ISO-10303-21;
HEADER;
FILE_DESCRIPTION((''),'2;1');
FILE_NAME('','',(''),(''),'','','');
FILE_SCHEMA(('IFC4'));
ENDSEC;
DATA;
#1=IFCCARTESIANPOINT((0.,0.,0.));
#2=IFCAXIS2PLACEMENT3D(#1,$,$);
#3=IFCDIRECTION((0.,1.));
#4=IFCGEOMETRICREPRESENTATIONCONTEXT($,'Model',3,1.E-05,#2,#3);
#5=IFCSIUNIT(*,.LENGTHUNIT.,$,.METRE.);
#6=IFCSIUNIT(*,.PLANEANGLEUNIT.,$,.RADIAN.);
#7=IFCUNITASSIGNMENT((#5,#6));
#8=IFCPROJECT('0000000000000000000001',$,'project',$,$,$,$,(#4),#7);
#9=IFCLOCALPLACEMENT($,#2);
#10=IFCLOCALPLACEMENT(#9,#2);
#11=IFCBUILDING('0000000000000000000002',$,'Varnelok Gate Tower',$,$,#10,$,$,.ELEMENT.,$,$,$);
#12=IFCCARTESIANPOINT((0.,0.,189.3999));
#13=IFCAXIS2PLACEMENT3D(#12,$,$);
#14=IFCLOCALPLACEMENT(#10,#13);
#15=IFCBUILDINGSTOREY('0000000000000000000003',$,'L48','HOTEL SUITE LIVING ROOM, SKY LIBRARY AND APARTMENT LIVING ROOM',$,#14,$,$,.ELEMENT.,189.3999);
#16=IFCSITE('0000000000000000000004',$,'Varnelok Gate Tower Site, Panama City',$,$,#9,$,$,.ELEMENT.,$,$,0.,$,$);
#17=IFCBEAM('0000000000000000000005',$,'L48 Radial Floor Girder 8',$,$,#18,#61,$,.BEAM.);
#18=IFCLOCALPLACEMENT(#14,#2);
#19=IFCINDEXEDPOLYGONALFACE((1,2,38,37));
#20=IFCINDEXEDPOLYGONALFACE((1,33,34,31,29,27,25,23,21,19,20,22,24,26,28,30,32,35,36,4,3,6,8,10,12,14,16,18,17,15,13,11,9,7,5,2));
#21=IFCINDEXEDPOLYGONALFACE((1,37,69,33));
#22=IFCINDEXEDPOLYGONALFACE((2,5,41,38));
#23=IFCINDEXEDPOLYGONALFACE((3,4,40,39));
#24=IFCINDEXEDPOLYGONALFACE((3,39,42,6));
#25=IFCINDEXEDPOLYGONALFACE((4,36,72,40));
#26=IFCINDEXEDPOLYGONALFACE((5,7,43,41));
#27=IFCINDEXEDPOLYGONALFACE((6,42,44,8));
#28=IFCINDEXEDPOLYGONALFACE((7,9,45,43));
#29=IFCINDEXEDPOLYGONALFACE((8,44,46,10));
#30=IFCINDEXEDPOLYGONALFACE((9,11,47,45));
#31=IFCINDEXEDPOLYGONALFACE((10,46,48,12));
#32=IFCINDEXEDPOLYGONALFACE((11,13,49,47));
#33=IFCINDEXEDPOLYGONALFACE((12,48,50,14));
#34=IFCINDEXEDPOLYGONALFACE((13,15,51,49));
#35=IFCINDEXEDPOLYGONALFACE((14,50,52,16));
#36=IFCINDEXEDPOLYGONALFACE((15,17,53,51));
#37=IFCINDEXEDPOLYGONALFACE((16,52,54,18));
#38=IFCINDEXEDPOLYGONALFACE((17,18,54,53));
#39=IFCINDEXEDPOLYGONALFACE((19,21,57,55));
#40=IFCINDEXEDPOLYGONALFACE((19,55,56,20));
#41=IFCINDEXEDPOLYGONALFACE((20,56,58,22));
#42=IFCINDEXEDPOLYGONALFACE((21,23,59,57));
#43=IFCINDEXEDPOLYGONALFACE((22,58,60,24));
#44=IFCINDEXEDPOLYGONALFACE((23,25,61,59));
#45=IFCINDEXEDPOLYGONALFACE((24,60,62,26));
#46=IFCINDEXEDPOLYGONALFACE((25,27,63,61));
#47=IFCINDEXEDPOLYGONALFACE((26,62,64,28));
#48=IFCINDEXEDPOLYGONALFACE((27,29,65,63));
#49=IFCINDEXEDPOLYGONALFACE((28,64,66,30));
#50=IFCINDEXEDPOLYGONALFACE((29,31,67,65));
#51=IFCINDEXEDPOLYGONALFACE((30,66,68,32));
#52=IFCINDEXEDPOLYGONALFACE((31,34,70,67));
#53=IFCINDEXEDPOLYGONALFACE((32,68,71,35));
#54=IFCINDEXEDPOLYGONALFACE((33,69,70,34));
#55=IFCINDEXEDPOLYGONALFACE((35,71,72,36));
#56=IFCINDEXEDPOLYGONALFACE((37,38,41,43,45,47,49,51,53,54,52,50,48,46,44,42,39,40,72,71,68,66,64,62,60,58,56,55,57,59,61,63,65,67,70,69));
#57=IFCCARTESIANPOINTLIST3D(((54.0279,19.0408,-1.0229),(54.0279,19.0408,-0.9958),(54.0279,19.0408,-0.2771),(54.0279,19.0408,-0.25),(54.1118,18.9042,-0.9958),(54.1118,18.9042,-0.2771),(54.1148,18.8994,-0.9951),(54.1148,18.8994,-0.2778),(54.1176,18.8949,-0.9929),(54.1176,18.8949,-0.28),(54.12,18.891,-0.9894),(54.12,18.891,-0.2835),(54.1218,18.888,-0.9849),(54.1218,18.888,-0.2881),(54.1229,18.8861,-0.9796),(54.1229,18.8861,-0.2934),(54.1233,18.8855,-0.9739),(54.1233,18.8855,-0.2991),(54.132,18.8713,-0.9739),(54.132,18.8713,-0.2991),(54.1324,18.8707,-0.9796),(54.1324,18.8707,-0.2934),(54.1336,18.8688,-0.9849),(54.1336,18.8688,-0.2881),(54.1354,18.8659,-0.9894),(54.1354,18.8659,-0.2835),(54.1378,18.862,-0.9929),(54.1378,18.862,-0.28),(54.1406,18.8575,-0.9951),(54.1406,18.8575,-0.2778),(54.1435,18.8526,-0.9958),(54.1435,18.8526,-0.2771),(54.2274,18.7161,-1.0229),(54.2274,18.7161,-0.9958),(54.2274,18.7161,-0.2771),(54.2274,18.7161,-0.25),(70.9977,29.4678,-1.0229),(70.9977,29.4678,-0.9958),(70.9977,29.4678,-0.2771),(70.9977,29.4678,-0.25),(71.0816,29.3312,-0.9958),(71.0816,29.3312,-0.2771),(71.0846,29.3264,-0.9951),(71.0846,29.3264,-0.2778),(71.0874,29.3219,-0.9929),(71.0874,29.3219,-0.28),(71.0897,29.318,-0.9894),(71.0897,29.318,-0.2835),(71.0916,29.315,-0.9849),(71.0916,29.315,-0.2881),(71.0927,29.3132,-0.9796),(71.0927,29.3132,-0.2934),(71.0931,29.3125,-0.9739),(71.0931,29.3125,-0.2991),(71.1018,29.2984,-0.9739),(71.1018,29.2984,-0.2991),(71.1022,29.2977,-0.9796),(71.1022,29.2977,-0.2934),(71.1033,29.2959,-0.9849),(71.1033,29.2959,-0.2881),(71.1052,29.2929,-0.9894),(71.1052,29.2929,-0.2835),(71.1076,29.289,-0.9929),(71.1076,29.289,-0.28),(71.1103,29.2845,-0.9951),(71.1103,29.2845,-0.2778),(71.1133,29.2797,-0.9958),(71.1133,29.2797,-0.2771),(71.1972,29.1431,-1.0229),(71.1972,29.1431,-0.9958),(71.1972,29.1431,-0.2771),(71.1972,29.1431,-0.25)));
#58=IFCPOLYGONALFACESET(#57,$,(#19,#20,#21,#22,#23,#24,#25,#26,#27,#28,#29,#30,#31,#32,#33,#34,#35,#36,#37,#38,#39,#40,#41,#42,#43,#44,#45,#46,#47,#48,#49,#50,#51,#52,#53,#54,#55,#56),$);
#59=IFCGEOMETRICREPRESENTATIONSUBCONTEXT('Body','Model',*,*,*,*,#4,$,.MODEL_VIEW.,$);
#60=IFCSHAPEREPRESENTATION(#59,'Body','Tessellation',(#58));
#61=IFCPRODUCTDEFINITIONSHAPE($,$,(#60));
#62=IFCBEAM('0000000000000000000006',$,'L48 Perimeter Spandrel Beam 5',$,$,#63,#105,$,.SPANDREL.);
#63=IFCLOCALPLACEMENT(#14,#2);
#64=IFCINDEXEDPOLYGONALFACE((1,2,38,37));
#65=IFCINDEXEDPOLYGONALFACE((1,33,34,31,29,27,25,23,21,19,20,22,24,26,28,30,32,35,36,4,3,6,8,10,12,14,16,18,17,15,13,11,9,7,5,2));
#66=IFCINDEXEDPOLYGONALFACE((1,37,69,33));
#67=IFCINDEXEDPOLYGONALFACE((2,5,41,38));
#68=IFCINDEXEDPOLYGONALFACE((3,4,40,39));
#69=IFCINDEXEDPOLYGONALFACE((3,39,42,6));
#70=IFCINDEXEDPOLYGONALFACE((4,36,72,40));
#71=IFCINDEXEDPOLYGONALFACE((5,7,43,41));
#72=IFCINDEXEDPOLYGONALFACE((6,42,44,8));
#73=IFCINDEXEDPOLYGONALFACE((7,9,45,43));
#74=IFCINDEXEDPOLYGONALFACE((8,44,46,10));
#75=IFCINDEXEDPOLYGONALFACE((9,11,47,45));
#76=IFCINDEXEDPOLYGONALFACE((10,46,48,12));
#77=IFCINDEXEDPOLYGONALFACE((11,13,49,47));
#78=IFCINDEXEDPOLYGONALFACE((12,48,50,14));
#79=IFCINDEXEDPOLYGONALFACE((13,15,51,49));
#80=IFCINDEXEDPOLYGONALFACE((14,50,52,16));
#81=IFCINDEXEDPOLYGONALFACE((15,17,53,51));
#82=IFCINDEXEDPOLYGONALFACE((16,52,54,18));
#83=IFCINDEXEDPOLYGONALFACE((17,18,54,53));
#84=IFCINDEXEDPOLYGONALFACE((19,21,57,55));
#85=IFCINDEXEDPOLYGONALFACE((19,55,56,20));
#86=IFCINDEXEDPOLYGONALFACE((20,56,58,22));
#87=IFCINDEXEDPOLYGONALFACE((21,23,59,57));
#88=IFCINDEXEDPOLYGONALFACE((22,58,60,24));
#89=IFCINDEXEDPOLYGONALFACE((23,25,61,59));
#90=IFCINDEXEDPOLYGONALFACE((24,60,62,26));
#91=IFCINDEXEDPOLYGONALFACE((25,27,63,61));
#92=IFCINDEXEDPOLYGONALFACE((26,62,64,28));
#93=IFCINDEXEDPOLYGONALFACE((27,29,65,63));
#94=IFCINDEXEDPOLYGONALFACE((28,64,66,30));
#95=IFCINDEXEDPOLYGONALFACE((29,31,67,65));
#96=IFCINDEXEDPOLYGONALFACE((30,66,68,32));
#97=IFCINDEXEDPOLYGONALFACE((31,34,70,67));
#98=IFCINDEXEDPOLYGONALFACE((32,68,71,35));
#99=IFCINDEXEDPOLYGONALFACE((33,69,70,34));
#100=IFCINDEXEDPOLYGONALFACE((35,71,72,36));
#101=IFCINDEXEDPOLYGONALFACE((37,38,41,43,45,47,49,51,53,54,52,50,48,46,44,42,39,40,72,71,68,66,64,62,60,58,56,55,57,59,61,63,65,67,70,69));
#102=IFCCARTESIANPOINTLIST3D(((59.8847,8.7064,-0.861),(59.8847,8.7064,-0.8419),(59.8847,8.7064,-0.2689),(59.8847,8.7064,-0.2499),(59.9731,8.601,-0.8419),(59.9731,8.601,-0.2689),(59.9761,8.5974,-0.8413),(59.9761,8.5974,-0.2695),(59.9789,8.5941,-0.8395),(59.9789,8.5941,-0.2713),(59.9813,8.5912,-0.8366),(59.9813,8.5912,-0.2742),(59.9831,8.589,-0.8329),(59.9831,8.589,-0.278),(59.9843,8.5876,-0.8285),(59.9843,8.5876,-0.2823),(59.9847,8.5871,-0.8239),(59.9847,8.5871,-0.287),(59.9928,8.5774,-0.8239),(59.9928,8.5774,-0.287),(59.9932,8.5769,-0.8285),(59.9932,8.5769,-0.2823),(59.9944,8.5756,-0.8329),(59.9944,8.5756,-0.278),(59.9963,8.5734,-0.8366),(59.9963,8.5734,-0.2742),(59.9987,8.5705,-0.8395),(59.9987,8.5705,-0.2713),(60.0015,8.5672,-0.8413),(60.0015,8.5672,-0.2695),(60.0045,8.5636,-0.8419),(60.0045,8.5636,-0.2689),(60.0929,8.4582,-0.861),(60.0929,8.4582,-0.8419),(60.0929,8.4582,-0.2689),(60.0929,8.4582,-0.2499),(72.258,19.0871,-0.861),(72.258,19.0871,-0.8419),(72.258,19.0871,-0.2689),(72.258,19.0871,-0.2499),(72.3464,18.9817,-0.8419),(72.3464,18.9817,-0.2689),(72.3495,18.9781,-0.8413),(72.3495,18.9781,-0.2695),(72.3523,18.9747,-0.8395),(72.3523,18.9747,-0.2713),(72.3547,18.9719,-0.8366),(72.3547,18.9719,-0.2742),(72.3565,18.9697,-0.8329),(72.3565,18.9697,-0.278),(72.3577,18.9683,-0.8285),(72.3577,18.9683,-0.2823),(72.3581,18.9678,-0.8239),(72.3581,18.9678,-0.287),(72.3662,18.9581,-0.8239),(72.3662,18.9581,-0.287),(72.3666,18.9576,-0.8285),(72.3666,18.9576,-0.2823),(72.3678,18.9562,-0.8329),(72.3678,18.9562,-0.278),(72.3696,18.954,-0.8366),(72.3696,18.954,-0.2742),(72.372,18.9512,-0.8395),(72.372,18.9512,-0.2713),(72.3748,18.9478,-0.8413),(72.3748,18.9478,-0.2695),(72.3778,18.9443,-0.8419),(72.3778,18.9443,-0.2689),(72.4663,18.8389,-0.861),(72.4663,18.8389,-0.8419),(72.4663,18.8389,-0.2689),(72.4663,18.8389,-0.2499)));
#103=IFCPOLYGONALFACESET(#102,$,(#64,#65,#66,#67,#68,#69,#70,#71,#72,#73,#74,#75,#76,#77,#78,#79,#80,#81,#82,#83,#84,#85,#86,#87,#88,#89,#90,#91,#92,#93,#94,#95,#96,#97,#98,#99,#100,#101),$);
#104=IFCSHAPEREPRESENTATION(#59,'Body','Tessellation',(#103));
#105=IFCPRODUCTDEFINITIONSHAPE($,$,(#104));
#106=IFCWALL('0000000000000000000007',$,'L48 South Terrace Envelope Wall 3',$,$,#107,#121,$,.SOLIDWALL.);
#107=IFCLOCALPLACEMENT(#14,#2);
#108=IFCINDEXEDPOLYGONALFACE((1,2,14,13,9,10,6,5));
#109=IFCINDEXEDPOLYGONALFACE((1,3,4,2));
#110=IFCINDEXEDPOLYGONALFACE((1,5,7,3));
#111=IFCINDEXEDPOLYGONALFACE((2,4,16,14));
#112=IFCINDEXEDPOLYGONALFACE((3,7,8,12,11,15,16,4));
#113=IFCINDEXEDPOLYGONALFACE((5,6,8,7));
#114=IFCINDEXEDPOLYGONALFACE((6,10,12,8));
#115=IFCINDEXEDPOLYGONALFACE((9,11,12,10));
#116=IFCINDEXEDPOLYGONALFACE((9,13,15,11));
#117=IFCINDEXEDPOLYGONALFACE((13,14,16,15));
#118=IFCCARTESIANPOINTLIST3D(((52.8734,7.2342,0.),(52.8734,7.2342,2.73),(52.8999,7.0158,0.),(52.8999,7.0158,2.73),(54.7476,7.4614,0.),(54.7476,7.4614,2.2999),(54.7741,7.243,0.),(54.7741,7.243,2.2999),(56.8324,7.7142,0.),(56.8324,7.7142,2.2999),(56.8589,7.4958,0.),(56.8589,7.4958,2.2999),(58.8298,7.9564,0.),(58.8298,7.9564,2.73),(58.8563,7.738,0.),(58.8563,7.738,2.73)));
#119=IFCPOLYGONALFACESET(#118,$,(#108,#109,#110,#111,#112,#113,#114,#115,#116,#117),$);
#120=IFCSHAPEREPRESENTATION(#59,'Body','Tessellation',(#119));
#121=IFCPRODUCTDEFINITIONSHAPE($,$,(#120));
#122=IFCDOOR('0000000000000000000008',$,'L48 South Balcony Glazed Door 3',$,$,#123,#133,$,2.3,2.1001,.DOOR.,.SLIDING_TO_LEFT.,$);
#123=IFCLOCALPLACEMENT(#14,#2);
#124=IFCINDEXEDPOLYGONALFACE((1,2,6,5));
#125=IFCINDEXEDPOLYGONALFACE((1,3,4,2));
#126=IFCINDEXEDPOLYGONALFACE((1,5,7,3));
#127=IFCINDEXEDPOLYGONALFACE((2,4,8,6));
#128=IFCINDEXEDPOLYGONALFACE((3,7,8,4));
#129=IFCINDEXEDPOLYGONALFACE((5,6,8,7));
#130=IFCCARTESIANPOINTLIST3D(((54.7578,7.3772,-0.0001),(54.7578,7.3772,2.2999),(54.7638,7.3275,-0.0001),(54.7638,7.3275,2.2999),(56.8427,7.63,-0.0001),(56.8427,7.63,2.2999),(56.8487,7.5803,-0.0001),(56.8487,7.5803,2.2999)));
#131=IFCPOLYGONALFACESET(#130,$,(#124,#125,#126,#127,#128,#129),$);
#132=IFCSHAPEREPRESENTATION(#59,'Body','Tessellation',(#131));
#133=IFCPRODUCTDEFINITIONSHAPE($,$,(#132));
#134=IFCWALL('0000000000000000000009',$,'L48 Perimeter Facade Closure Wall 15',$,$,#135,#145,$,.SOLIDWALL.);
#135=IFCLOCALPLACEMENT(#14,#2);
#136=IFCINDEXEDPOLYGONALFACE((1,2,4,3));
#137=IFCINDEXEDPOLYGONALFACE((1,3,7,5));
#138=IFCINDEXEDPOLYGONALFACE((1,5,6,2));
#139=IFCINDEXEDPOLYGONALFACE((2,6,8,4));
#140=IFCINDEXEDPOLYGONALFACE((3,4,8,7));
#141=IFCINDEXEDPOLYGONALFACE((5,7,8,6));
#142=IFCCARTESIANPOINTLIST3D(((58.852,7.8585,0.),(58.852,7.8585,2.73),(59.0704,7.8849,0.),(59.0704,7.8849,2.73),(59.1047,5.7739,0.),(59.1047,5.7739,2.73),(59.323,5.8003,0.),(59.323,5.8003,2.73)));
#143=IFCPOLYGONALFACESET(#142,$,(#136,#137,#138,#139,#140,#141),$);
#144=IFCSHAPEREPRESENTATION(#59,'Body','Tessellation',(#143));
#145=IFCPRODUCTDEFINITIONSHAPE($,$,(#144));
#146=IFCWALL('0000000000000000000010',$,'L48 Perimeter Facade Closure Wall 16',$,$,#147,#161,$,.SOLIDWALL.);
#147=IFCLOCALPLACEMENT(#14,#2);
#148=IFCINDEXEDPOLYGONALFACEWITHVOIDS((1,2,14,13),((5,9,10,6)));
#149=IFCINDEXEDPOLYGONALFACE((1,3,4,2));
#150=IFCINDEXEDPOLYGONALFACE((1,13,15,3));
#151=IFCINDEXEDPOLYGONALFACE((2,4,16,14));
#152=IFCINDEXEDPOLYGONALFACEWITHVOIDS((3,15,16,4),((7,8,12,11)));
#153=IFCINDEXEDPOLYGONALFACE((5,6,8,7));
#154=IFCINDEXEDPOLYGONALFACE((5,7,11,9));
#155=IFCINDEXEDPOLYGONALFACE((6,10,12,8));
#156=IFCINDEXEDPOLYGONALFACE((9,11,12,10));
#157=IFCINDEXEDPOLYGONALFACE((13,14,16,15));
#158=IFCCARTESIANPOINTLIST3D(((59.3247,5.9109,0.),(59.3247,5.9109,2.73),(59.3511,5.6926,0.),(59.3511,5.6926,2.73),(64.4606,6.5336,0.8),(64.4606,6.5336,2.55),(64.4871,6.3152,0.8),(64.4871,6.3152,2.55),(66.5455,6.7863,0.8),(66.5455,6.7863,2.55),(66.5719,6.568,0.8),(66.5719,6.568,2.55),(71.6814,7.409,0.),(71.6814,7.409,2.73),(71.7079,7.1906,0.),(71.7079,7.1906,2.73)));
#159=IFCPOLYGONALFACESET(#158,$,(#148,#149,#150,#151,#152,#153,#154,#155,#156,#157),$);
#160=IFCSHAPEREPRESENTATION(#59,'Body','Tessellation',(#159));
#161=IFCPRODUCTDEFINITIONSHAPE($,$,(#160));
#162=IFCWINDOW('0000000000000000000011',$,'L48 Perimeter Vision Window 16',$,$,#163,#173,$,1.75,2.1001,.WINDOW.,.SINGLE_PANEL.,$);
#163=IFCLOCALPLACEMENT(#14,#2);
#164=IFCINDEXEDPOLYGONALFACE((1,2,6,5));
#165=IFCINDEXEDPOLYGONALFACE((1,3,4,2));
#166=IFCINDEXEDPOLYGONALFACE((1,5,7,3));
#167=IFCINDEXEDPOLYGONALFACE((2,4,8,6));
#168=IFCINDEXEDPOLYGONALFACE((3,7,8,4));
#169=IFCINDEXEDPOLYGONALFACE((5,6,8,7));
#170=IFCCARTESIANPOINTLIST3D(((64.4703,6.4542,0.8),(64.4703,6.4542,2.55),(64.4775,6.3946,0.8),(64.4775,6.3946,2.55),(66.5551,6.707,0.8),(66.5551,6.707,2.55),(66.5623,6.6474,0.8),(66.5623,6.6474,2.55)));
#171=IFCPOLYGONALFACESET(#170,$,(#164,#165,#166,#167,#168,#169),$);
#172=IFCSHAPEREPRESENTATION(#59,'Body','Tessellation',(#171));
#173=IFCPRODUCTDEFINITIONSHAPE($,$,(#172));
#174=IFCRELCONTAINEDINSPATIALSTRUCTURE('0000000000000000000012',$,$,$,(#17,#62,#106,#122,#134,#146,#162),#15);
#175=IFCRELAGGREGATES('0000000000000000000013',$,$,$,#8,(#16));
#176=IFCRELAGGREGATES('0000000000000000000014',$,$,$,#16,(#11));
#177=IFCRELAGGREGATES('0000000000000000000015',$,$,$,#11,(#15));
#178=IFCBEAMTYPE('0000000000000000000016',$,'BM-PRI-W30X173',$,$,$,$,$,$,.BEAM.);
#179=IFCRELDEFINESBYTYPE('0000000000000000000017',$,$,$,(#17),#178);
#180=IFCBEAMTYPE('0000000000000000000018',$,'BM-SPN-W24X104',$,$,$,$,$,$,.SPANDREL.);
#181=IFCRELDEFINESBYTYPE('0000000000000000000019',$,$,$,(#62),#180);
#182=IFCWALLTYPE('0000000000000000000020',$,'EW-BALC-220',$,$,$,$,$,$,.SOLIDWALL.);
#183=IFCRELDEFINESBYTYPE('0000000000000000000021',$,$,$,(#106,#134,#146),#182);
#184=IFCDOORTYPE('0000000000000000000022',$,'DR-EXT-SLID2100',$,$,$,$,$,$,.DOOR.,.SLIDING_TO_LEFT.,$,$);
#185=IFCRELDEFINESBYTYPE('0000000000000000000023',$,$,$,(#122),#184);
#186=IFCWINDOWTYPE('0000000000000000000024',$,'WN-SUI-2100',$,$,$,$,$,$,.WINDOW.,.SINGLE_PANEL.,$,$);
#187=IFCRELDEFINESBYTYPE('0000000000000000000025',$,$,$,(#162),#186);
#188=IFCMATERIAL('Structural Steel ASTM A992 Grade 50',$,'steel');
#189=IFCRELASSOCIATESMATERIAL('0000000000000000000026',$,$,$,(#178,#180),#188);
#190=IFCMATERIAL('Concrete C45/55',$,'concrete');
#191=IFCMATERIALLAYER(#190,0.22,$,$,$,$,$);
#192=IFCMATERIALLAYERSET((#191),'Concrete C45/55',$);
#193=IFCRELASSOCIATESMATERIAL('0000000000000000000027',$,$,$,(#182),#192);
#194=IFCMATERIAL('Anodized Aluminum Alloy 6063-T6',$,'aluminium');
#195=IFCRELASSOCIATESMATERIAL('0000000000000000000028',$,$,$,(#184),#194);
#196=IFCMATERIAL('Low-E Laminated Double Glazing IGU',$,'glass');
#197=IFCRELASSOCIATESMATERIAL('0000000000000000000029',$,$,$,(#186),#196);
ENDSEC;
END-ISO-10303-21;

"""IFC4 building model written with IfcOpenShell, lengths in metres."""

from ifc_helpers import new_model, si_unit, direction, frame, frame_2d, origin, origin_2d, place, context, subcontext, project, spatial, rectangle, i_section, extrude, material, layer, layer_set, material_profile, profile_set, type_object, element, fill, save


model = new_model("IFC4")

# Units and contexts
model_context = context("Model", 3, precision=1e-05, world=origin(), true_north=direction((0.0, 1.0)))
body_context = subcontext(model_context, "Body", "Model", "MODEL_VIEW")
ifc_project = project(units=[si_unit("LENGTHUNIT", "METRE"), si_unit("PLANEANGLEUNIT", "RADIAN")], contexts=[model_context])

# Site, building, storey
site_placement = place(None, origin())
site = spatial("IfcSite", under=ifc_project, at=site_placement, Name="Varnelok Gate Tower Site, Panama City", CompositionType="ELEMENT", RefElevation=0.0)
building_placement = place(site_placement, origin())
building = spatial("IfcBuilding", under=site, at=building_placement, Name="Varnelok Gate Tower", CompositionType="ELEMENT")
storey_placement = place(building_placement, frame((0.0, 0.0, 189.3999)))
storey = spatial("IfcBuildingStorey", under=building, at=storey_placement, Name="L48", Description="HOTEL SUITE LIVING ROOM, SKY LIBRARY AND APARTMENT LIVING ROOM", CompositionType="ELEMENT", Elevation=189.3999)

# Shared definitions
ifc_material_1 = material(Name="Structural Steel ASTM A992 Grade 50", Category="steel")

# Beams
ifc_material_profile_1 = material_profile(ifc_material_1, i_section(OverallWidth=0.3811, OverallDepth=0.7729, WebThickness=0.0166, FlangeThickness=0.0271, FilletRadius=0.022, at=origin_2d()), Name="W30X173")
ifc_profile_set_1 = profile_set([ifc_material_profile_1], Name="Structural Steel ASTM A992 Grade 50")
beam_type_1 = type_object("IfcBeamType", Name="BM-PRI-W30X173", PredefinedType="BEAM", material=ifc_profile_set_1)
beam_1_placement = place(storey_placement, frame((54.1277, 18.8784, -0.6365), z_axis=(0.852015, 0.523518, 0.0), x_axis=(-0.523518, 0.852015, 0.0)))
element("IfcBeam", 1, at=beam_1_placement, inside=storey, type_object=beam_type_1, Name="L48 Radial Floor Girder 8", PredefinedType="BEAM", context=body_context, shape_type="SweptSolid", body=[
    extrude(i_section(OverallWidth=0.3811, OverallDepth=0.7729, WebThickness=0.0166, FlangeThickness=0.0271, FilletRadius=0.022, at=origin_2d()), origin(), (0.0, 0.0, 1.0), 19.9172),
])
ifc_material_profile_2 = material_profile(ifc_material_1, i_section(OverallWidth=0.324, OverallDepth=0.6111, WebThickness=0.0127, FlangeThickness=0.019, FilletRadius=0.0181, at=origin_2d()), Name="W24X104")
ifc_profile_set_2 = profile_set([ifc_material_profile_2], Name="Structural Steel ASTM A992 Grade 50")
beam_type_2 = type_object("IfcBeamType", Name="BM-SPN-W24X104", PredefinedType="SPANDREL", material=ifc_profile_set_2)
beam_2_placement = place(storey_placement, frame((59.9888, 8.5823, -0.5554), z_axis=(0.7661, 0.642722, 0.0), x_axis=(-0.642722, 0.7661, 0.0)))
element("IfcBeam", 2, at=beam_2_placement, inside=storey, type_object=beam_type_2, Name="L48 Perimeter Spandrel Beam 5", PredefinedType="SPANDREL", context=body_context, shape_type="SweptSolid", body=[
    extrude(i_section(OverallWidth=0.324, OverallDepth=0.6111, WebThickness=0.0127, FlangeThickness=0.019, FilletRadius=0.0181, at=origin_2d()), origin(), (0.0, 0.0, 1.0), 16.1511),
])

# Wall, opening, door
ifc_material_2 = material(Name="Concrete C45/55", Category="concrete")
ifc_layer_1 = layer(ifc_material_2, 0.22)
ifc_layer_set_1 = layer_set([ifc_layer_1], Name="Concrete C45/55")
wall_type_1 = type_object("IfcWallType", Name="EW-BALC-220", PredefinedType="SOLIDWALL", material=ifc_layer_set_1)
wall_1_placement = place(storey_placement, frame((58.843, 7.8472, 0.0), z_axis=(0.0, 0.0, 1.0), x_axis=(-0.99273, -0.120363, 0.0)))
wall_1 = element("IfcWall", 3, at=wall_1_placement, inside=storey, type_object=wall_type_1, Name="L48 South Terrace Envelope Wall 3", PredefinedType="SOLIDWALL", context=body_context, shape_type="SweptSolid", body=[
    extrude(rectangle(XDim=6.0, YDim=0.22, at=frame_2d((3.0, 0.0))), origin(), (0.0, 0.0, 1.0), 2.73),
])
opening_1_placement = place(wall_1_placement, frame((2.012, 0.0, 0.0)))
opening_1 = element("IfcOpeningElement", 4, at=opening_1_placement, cuts=wall_1, PredefinedType="OPENING", context=body_context, shape_type="SweptSolid", body=[
    extrude(rectangle(XDim=2.1001, YDim=2.3, at=frame_2d((1.05, 1.1499))), frame((0.0, 0.1199, 0.0), z_axis=(0.0, -1.0, 0.0), x_axis=(1.0, 0.0, 0.0)), (0.0, 0.0, 1.0), 0.24),
])
ifc_material_3 = material(Name="Anodized Aluminum Alloy 6063-T6", Category="aluminium")
door_type_1 = type_object("IfcDoorType", Name="DR-EXT-SLID2100", OperationType="SLIDING_TO_LEFT", PredefinedType="DOOR", material=ifc_material_3)
door_1_placement = place(opening_1_placement, origin())
door_1 = element("IfcDoor", 5, at=door_1_placement, inside=storey, type_object=door_type_1, Name="L48 South Balcony Glazed Door 3", OperationType="SLIDING_TO_LEFT", OverallHeight=2.3, OverallWidth=2.1001, PredefinedType="DOOR", context=body_context, shape_type="SweptSolid", body=[
    extrude(rectangle(XDim=2.1001, YDim=2.3, at=frame_2d((1.05, 1.1499))), frame((0.0, 0.0249, 0.0), z_axis=(0.0, -1.0, 0.0), x_axis=(1.0, 0.0, 0.0)), (0.0, 0.0, 1.0), 0.05),
])
fill(opening_1, door_1)

# Wall
wall_2_placement = place(storey_placement, frame((58.9612, 7.8716, 0.0), z_axis=(0.0, 0.0, 1.0), x_axis=(0.120328, -0.992734, 0.0)))
element("IfcWall", 6, at=wall_2_placement, inside=storey, type_object=wall_type_1, Name="L48 Perimeter Facade Closure Wall 15", PredefinedType="SOLIDWALL", context=body_context, shape_type="SweptSolid", body=[
    extrude(rectangle(XDim=2.0999, YDim=0.22, at=frame_2d((1.0498, 0.0))), origin(), (0.0, 0.0, 1.0), 2.73),
])

# Wall, opening, window
wall_3_placement = place(storey_placement, frame((59.3379, 5.8018, 0.0), z_axis=(0.0, 0.0, 1.0), x_axis=(0.992731, 0.120352, 0.0)))
wall_3 = element("IfcWall", 7, at=wall_3_placement, inside=storey, type_object=wall_type_1, Name="L48 Perimeter Facade Closure Wall 16", PredefinedType="SOLIDWALL", context=body_context, shape_type="SweptSolid", body=[
    extrude(rectangle(XDim=12.4473, YDim=0.22, at=frame_2d((6.2236, 0.0))), origin(), (0.0, 0.0, 1.0), 2.73),
])
opening_2_placement = place(wall_3_placement, frame((5.1736, 0.0, 0.8)))
opening_2 = element("IfcOpeningElement", 8, at=opening_2_placement, cuts=wall_3, PredefinedType="OPENING", context=body_context, shape_type="SweptSolid", body=[
    extrude(rectangle(XDim=2.1001, YDim=1.75, at=frame_2d((1.05, 0.875))), frame((0.0, 0.1199, 0.0), z_axis=(0.0, -1.0, 0.0), x_axis=(1.0, 0.0, 0.0)), (0.0, 0.0, 1.0), 0.24),
])
ifc_material_4 = material(Name="Low-E Laminated Double Glazing IGU", Category="glass")
window_type = type_object("IfcWindowType", Name="WN-SUI-2100", PartitioningType="SINGLE_PANEL", PredefinedType="WINDOW", material=ifc_material_4)
window_placement = place(opening_2_placement, origin())
window = element("IfcWindow", 9, at=window_placement, inside=storey, type_object=window_type, Name="L48 Perimeter Vision Window 16", OverallHeight=1.75, OverallWidth=2.1001, PartitioningType="SINGLE_PANEL", PredefinedType="WINDOW", context=body_context, shape_type="SweptSolid", body=[
    extrude(rectangle(XDim=2.1001, YDim=1.75, at=frame_2d((1.05, 0.875))), frame((0.0, 0.03, 0.0), z_axis=(0.0, -1.0, 0.0), x_axis=(1.0, 0.0, 0.0)), (0.0, 0.0, 1.0), 0.0601),
])
fill(opening_2, window)

save(model, "model.ifc")
